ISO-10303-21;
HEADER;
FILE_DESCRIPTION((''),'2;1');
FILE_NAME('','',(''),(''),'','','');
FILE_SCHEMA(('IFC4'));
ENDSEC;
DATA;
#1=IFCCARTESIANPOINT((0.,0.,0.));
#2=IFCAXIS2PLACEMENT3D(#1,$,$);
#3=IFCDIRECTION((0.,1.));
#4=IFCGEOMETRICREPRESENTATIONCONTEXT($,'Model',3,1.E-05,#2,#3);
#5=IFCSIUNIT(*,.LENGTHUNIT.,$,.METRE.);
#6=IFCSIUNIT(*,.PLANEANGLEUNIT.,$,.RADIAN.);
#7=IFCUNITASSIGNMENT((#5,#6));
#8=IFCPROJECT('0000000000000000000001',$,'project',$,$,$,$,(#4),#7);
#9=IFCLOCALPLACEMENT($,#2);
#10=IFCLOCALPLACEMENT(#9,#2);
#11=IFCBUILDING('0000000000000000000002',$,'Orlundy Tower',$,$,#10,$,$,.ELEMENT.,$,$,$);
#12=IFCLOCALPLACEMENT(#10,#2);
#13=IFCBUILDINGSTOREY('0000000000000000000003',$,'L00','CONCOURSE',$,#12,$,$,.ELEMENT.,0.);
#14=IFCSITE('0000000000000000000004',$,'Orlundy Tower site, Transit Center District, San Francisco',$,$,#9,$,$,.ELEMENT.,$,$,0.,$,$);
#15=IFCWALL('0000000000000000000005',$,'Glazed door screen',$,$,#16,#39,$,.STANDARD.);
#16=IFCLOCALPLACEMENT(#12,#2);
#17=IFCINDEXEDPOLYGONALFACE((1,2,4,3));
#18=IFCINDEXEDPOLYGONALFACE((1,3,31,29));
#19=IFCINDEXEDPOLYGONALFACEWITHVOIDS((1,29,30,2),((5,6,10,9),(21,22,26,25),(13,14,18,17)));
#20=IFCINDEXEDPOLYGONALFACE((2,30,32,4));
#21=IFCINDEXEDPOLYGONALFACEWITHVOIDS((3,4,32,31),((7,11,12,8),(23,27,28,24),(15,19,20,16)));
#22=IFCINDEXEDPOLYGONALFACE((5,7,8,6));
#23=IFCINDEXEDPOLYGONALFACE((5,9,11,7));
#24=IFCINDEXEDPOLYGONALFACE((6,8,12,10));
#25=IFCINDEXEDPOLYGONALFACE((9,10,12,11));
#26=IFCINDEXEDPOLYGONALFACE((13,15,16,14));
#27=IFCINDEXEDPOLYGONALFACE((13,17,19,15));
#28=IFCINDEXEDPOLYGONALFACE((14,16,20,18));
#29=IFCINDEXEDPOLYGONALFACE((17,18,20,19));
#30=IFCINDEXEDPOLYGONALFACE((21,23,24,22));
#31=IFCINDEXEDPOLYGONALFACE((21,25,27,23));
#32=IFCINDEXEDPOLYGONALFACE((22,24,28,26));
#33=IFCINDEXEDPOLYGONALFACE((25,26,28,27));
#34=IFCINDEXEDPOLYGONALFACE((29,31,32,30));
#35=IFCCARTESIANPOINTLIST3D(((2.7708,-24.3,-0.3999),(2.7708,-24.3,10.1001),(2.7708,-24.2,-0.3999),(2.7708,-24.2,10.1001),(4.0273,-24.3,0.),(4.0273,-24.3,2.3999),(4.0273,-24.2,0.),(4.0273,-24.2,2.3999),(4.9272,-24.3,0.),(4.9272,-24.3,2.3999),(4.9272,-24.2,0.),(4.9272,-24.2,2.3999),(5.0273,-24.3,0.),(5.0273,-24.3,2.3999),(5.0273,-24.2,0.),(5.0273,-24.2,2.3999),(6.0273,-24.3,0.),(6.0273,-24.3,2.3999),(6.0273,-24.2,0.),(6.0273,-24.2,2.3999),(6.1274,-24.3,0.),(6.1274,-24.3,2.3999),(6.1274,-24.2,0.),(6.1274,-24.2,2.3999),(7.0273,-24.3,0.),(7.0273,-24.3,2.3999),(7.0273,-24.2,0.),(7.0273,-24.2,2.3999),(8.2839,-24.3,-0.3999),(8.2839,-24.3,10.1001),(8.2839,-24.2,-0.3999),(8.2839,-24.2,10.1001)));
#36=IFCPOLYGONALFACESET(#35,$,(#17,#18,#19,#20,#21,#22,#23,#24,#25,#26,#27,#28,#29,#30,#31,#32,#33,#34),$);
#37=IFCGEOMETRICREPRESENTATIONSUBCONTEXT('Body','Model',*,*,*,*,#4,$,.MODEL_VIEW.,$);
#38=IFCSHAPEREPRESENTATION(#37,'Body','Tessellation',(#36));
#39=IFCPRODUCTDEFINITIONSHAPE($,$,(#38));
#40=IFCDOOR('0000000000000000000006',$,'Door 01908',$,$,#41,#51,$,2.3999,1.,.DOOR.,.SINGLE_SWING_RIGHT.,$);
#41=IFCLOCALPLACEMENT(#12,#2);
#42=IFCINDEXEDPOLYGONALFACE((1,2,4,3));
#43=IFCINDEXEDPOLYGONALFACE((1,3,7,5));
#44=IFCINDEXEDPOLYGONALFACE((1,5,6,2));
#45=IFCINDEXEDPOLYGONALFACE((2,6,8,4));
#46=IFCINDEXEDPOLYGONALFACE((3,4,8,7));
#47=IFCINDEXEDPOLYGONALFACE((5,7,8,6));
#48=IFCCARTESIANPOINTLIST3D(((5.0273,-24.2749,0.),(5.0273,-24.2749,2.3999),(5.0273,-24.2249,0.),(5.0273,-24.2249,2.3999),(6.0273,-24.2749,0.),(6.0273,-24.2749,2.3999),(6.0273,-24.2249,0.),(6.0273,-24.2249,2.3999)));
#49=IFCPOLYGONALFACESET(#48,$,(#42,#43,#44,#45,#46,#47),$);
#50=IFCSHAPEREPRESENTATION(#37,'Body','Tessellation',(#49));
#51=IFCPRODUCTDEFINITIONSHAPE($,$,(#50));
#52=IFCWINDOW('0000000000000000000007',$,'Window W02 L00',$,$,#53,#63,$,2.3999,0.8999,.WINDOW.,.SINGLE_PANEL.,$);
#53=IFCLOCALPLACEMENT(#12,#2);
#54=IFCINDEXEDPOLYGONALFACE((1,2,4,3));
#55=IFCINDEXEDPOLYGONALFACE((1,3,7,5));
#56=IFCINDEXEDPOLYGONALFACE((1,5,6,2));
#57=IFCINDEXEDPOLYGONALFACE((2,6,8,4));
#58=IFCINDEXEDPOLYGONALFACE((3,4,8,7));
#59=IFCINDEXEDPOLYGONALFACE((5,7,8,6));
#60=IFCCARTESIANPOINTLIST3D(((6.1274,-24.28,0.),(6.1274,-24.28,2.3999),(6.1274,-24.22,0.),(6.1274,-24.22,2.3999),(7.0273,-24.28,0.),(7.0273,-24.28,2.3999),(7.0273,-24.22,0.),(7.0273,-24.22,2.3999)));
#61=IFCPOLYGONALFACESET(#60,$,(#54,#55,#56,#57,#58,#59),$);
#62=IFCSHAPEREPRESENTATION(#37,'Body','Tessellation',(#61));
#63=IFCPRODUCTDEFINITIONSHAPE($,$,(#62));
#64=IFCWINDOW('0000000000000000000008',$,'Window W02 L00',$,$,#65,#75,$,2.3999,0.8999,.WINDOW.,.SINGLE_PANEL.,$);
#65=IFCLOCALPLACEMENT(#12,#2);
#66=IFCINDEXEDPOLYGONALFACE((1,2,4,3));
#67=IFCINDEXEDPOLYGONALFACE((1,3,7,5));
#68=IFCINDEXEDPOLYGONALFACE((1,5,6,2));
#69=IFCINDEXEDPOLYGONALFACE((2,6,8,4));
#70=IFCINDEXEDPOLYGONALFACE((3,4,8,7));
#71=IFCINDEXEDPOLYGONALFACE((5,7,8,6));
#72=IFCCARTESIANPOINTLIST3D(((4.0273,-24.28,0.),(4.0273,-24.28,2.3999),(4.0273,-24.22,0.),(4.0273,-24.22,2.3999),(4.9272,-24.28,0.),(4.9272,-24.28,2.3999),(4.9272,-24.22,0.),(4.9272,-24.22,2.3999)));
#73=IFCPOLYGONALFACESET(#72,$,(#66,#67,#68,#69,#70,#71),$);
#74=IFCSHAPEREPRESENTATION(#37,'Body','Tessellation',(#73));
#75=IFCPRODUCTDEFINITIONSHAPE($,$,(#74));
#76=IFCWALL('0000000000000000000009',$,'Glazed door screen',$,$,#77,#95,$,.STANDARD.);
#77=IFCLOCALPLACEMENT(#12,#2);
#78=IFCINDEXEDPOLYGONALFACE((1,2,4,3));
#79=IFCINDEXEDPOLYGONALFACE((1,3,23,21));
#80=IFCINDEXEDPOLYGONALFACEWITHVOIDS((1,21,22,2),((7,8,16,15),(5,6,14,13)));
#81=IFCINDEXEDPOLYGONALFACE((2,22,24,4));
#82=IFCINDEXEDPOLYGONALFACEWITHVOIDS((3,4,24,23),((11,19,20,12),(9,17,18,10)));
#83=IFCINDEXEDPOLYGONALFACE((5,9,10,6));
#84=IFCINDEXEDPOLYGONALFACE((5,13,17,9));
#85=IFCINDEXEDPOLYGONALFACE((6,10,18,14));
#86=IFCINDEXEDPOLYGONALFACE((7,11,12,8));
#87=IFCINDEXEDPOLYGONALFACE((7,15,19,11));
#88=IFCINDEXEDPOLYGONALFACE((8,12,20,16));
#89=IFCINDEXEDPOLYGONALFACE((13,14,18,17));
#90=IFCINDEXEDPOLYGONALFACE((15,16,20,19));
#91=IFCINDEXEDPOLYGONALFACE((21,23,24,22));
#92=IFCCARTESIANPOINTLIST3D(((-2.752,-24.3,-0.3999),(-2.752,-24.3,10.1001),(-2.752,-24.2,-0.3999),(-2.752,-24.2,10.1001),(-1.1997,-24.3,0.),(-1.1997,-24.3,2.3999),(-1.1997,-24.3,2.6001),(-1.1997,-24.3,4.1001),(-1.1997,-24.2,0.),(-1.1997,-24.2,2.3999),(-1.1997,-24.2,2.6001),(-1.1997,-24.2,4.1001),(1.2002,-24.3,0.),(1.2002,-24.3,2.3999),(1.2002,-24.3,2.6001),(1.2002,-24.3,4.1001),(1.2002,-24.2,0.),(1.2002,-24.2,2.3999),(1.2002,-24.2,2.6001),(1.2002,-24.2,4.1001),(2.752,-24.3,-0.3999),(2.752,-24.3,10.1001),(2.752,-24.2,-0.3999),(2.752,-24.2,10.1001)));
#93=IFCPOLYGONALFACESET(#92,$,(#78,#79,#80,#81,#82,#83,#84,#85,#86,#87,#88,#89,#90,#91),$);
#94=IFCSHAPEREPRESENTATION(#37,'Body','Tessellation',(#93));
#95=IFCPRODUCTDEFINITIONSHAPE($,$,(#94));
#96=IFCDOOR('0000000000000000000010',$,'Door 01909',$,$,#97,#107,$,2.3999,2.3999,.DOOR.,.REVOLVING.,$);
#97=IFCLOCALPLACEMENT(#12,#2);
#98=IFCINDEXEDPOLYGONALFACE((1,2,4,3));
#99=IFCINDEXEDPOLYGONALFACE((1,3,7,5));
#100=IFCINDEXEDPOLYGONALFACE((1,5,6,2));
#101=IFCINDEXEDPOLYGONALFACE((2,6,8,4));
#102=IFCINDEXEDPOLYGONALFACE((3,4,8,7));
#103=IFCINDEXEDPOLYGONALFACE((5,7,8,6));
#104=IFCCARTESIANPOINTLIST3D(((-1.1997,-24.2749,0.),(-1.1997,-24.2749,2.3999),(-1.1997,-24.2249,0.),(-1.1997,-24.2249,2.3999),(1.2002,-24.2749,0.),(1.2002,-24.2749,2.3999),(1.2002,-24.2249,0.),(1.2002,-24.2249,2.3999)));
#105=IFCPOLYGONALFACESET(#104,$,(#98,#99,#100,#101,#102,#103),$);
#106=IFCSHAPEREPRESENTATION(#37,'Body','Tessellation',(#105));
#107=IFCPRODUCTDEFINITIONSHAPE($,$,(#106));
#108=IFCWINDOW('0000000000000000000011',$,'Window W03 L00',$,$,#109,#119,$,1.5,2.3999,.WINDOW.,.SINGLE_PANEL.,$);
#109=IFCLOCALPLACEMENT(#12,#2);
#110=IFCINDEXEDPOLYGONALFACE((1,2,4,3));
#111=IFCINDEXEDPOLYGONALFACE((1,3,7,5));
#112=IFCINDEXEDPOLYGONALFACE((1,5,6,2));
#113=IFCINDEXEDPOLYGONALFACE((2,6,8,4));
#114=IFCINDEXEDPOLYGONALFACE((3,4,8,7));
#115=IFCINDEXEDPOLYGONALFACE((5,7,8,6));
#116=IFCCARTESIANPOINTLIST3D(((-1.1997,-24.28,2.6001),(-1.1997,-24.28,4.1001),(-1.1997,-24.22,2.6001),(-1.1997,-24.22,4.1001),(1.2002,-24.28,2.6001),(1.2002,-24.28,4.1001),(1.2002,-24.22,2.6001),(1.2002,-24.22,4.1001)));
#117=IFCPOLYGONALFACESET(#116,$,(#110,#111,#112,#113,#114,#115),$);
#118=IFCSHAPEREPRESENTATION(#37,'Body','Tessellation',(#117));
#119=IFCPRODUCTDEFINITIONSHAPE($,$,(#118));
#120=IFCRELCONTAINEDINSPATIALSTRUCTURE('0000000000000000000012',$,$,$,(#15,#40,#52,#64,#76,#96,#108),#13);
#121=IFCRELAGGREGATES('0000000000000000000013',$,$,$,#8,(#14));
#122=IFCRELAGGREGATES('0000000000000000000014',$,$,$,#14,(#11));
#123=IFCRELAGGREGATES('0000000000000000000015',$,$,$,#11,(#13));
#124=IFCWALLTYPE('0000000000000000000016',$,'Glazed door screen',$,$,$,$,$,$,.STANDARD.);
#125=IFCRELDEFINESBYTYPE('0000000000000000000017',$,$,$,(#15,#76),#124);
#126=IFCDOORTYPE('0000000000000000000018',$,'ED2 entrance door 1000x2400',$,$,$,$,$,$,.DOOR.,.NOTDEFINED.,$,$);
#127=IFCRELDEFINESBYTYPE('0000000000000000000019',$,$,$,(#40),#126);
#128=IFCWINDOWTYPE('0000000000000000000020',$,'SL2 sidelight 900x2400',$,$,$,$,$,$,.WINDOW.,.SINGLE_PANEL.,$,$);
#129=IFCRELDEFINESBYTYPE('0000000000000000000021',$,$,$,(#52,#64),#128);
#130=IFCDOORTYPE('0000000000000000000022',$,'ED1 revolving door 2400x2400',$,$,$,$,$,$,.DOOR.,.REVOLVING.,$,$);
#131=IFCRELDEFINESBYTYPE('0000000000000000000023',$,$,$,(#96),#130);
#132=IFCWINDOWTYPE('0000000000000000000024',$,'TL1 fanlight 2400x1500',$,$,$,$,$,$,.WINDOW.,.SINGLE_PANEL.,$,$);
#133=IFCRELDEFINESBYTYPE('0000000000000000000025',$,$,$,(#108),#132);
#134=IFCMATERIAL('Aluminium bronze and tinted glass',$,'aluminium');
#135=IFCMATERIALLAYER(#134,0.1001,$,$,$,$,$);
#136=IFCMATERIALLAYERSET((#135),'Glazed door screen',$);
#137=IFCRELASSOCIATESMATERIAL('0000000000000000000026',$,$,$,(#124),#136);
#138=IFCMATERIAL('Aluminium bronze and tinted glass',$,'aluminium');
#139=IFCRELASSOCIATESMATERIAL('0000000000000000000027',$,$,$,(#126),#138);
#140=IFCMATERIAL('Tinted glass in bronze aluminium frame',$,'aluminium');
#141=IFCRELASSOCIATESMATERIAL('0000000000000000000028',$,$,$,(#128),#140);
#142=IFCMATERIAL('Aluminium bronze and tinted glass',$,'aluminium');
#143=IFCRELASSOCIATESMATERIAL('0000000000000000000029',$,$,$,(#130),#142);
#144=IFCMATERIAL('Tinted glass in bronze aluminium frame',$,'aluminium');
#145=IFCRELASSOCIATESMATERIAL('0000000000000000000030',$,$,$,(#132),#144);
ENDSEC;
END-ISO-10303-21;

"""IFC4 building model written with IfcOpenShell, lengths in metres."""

from ifc_helpers import new_model, si_unit, direction, frame, frame_2d, origin, place, context, subcontext, project, spatial, rectangle, extrude, material, layer, layer_set, type_object, element, fill, save


model = new_model("IFC4")

# Units and contexts
model_context = context("Model", 3, precision=1e-05, world=origin(), true_north=direction((0.0, 1.0)))
body_context = subcontext(model_context, "Body", "Model", "MODEL_VIEW")
ifc_project = project(units=[si_unit("LENGTHUNIT", "METRE"), si_unit("PLANEANGLEUNIT", "RADIAN")], contexts=[model_context])

# Site, building, storey
site_placement = place(None, origin())
site = spatial("IfcSite", under=ifc_project, at=site_placement, Name="Orlundy Tower site, Transit Center District, San Francisco", CompositionType="ELEMENT", RefElevation=0.0)
building_placement = place(site_placement, origin())
building = spatial("IfcBuilding", under=site, at=building_placement, Name="Orlundy Tower", CompositionType="ELEMENT")
storey_placement = place(building_placement, origin())
storey = spatial("IfcBuildingStorey", under=building, at=storey_placement, Name="L00", Description="CONCOURSE", CompositionType="ELEMENT", Elevation=0.0)

# Wall, openings, door, windows
ifc_material_1 = material(Name="Aluminium bronze and tinted glass", Category="aluminium")
ifc_layer = layer(ifc_material_1, 0.1001)
ifc_layer_set = layer_set([ifc_layer], Name="Glazed door screen")
wall_type = type_object("IfcWallType", Name="Glazed door screen", PredefinedType="STANDARD", material=ifc_layer_set)
wall_1_placement = place(storey_placement, frame((8.2839, -24.25, -0.3999), z_axis=(0.0, 0.0, 1.0), x_axis=(-1.0, 0.0, 0.0)))
wall_1 = element("IfcWall", 1, at=wall_1_placement, inside=storey, type_object=wall_type, Name="Glazed door screen", PredefinedType="STANDARD", context=body_context, shape_type="SweptSolid", body=[
    extrude(rectangle(XDim=5.5132, YDim=0.1001, at=frame_2d((2.7566, 0.0))), origin(), (0.0, 0.0, 1.0), 10.5),
])
opening_1_placement = place(wall_1_placement, frame((2.2566, 0.0, 0.3999)))
opening_1 = element("IfcOpeningElement", 2, at=opening_1_placement, cuts=wall_1, PredefinedType="OPENING", context=body_context, shape_type="SweptSolid", body=[
    extrude(rectangle(XDim=1.0, YDim=2.3999, at=frame_2d((0.5, 1.2))), frame((0.0, 0.0601, 0.0), z_axis=(0.0, -1.0, 0.0), x_axis=(1.0, 0.0, 0.0)), (0.0, 0.0, 1.0), 0.1201),
])
opening_2_placement = place(wall_1_placement, frame((1.2566, 0.0, 0.3999)))
opening_2 = element("IfcOpeningElement", 3, at=opening_2_placement, cuts=wall_1, PredefinedType="OPENING", context=body_context, shape_type="SweptSolid", body=[
    extrude(rectangle(XDim=0.8999, YDim=2.3999, at=frame_2d((0.45, 1.2))), frame((0.0, 0.0601, 0.0), z_axis=(0.0, -1.0, 0.0), x_axis=(1.0, 0.0, 0.0)), (0.0, 0.0, 1.0), 0.1201),
])
opening_3_placement = place(wall_1_placement, frame((3.3567, 0.0, 0.3999)))
opening_3 = element("IfcOpeningElement", 4, at=opening_3_placement, cuts=wall_1, PredefinedType="OPENING", context=body_context, shape_type="SweptSolid", body=[
    extrude(rectangle(XDim=0.8999, YDim=2.3999, at=frame_2d((0.45, 1.2))), frame((0.0, 0.0601, 0.0), z_axis=(0.0, -1.0, 0.0), x_axis=(1.0, 0.0, 0.0)), (0.0, 0.0, 1.0), 0.1201),
])
ifc_material_2 = material(Name="Aluminium bronze and tinted glass", Category="aluminium")
door_type_1 = type_object("IfcDoorType", Name="ED2 entrance door 1000x2400", OperationType="NOTDEFINED", PredefinedType="DOOR", material=ifc_material_2)
door_1_placement = place(opening_1_placement, origin())
door_1 = element("IfcDoor", 5, at=door_1_placement, inside=storey, type_object=door_type_1, Name="Door 01908", OperationType="SINGLE_SWING_RIGHT", OverallHeight=2.3999, OverallWidth=1.0, PredefinedType="DOOR", context=body_context, shape_type="SweptSolid", body=[
    extrude(rectangle(XDim=1.0, YDim=2.3999, at=frame_2d((0.5, 1.2))), frame((0.0, 0.0249, 0.0), z_axis=(0.0, -1.0, 0.0), x_axis=(1.0, 0.0, 0.0)), (0.0, 0.0, 1.0), 0.05),
])
fill(opening_1, door_1)
ifc_material_3 = material(Name="Tinted glass in bronze aluminium frame", Category="aluminium")
window_type_1 = type_object("IfcWindowType", Name="SL2 sidelight 900x2400", PartitioningType="SINGLE_PANEL", PredefinedType="WINDOW", material=ifc_material_3)
window_1_placement = place(opening_2_placement, origin())
window_1 = element("IfcWindow", 6, at=window_1_placement, inside=storey, type_object=window_type_1, Name="Window W02 L00", OverallHeight=2.3999, OverallWidth=0.8999, PartitioningType="SINGLE_PANEL", PredefinedType="WINDOW", context=body_context, shape_type="SweptSolid", body=[
    extrude(rectangle(XDim=0.8999, YDim=2.3999, at=frame_2d((0.45, 1.2))), frame((0.0, 0.03, 0.0), z_axis=(0.0, -1.0, 0.0), x_axis=(1.0, 0.0, 0.0)), (0.0, 0.0, 1.0), 0.0601),
])
fill(opening_2, window_1)
window_2_placement = place(opening_3_placement, origin())
window_2 = element("IfcWindow", 7, at=window_2_placement, inside=storey, type_object=window_type_1, Name="Window W02 L00", OverallHeight=2.3999, OverallWidth=0.8999, PartitioningType="SINGLE_PANEL", PredefinedType="WINDOW", context=body_context, shape_type="SweptSolid", body=[
    extrude(rectangle(XDim=0.8999, YDim=2.3999, at=frame_2d((0.45, 1.2))), frame((0.0, 0.03, 0.0), z_axis=(0.0, -1.0, 0.0), x_axis=(1.0, 0.0, 0.0)), (0.0, 0.0, 1.0), 0.0601),
])
fill(opening_3, window_2)

# Wall, openings, door, window
wall_2_placement = place(storey_placement, frame((2.752, -24.25, -0.3999), z_axis=(0.0, 0.0, 1.0), x_axis=(-1.0, 0.0, 0.0)))
wall_2 = element("IfcWall", 8, at=wall_2_placement, inside=storey, type_object=wall_type, Name="Glazed door screen", PredefinedType="STANDARD", context=body_context, shape_type="SweptSolid", body=[
    extrude(rectangle(XDim=5.5039, YDim=0.1001, at=frame_2d((2.752, 0.0))), origin(), (0.0, 0.0, 1.0), 10.5),
])
opening_4_placement = place(wall_2_placement, frame((1.5518, 0.0, 0.3999)))
opening_4 = element("IfcOpeningElement", 9, at=opening_4_placement, cuts=wall_2, PredefinedType="OPENING", context=body_context, shape_type="SweptSolid", body=[
    extrude(rectangle(XDim=2.3999, YDim=2.3999, at=frame_2d((1.2, 1.2))), frame((0.0, 0.0601, 0.0), z_axis=(0.0, -1.0, 0.0), x_axis=(1.0, 0.0, 0.0)), (0.0, 0.0, 1.0), 0.1201),
])
opening_5_placement = place(wall_2_placement, frame((1.5518, 0.0, 3.0)))
opening_5 = element("IfcOpeningElement", 10, at=opening_5_placement, cuts=wall_2, PredefinedType="OPENING", context=body_context, shape_type="SweptSolid", body=[
    extrude(rectangle(XDim=2.3999, YDim=1.5, at=frame_2d((1.2, 0.75))), frame((0.0, 0.0601, 0.0), z_axis=(0.0, -1.0, 0.0), x_axis=(1.0, 0.0, 0.0)), (0.0, 0.0, 1.0), 0.1201),
])
ifc_material_4 = material(Name="Aluminium bronze and tinted glass", Category="aluminium")
door_type_2 = type_object("IfcDoorType", Name="ED1 revolving door 2400x2400", OperationType="REVOLVING", PredefinedType="DOOR", material=ifc_material_4)
door_2_placement = place(opening_4_placement, origin())
door_2 = element("IfcDoor", 11, at=door_2_placement, inside=storey, type_object=door_type_2, Name="Door 01909", OperationType="REVOLVING", OverallHeight=2.3999, OverallWidth=2.3999, PredefinedType="DOOR", context=body_context, shape_type="SweptSolid", body=[
    extrude(rectangle(XDim=2.3999, YDim=2.3999, at=frame_2d((1.2, 1.2))), frame((0.0, 0.0249, 0.0), z_axis=(0.0, -1.0, 0.0), x_axis=(1.0, 0.0, 0.0)), (0.0, 0.0, 1.0), 0.05),
])
fill(opening_4, door_2)
ifc_material_5 = material(Name="Tinted glass in bronze aluminium frame", Category="aluminium")
window_type_2 = type_object("IfcWindowType", Name="TL1 fanlight 2400x1500", PartitioningType="SINGLE_PANEL", PredefinedType="WINDOW", material=ifc_material_5)
window_3_placement = place(opening_5_placement, origin())
window_3 = element("IfcWindow", 12, at=window_3_placement, inside=storey, type_object=window_type_2, Name="Window W03 L00", OverallHeight=1.5, OverallWidth=2.3999, PartitioningType="SINGLE_PANEL", PredefinedType="WINDOW", context=body_context, shape_type="SweptSolid", body=[
    extrude(rectangle(XDim=2.3999, YDim=1.5, at=frame_2d((1.2, 0.75))), frame((0.0, 0.03, 0.0), z_axis=(0.0, -1.0, 0.0), x_axis=(1.0, 0.0, 0.0)), (0.0, 0.0, 1.0), 0.0601),
])
fill(opening_5, window_3)

save(model, "model.ifc")
